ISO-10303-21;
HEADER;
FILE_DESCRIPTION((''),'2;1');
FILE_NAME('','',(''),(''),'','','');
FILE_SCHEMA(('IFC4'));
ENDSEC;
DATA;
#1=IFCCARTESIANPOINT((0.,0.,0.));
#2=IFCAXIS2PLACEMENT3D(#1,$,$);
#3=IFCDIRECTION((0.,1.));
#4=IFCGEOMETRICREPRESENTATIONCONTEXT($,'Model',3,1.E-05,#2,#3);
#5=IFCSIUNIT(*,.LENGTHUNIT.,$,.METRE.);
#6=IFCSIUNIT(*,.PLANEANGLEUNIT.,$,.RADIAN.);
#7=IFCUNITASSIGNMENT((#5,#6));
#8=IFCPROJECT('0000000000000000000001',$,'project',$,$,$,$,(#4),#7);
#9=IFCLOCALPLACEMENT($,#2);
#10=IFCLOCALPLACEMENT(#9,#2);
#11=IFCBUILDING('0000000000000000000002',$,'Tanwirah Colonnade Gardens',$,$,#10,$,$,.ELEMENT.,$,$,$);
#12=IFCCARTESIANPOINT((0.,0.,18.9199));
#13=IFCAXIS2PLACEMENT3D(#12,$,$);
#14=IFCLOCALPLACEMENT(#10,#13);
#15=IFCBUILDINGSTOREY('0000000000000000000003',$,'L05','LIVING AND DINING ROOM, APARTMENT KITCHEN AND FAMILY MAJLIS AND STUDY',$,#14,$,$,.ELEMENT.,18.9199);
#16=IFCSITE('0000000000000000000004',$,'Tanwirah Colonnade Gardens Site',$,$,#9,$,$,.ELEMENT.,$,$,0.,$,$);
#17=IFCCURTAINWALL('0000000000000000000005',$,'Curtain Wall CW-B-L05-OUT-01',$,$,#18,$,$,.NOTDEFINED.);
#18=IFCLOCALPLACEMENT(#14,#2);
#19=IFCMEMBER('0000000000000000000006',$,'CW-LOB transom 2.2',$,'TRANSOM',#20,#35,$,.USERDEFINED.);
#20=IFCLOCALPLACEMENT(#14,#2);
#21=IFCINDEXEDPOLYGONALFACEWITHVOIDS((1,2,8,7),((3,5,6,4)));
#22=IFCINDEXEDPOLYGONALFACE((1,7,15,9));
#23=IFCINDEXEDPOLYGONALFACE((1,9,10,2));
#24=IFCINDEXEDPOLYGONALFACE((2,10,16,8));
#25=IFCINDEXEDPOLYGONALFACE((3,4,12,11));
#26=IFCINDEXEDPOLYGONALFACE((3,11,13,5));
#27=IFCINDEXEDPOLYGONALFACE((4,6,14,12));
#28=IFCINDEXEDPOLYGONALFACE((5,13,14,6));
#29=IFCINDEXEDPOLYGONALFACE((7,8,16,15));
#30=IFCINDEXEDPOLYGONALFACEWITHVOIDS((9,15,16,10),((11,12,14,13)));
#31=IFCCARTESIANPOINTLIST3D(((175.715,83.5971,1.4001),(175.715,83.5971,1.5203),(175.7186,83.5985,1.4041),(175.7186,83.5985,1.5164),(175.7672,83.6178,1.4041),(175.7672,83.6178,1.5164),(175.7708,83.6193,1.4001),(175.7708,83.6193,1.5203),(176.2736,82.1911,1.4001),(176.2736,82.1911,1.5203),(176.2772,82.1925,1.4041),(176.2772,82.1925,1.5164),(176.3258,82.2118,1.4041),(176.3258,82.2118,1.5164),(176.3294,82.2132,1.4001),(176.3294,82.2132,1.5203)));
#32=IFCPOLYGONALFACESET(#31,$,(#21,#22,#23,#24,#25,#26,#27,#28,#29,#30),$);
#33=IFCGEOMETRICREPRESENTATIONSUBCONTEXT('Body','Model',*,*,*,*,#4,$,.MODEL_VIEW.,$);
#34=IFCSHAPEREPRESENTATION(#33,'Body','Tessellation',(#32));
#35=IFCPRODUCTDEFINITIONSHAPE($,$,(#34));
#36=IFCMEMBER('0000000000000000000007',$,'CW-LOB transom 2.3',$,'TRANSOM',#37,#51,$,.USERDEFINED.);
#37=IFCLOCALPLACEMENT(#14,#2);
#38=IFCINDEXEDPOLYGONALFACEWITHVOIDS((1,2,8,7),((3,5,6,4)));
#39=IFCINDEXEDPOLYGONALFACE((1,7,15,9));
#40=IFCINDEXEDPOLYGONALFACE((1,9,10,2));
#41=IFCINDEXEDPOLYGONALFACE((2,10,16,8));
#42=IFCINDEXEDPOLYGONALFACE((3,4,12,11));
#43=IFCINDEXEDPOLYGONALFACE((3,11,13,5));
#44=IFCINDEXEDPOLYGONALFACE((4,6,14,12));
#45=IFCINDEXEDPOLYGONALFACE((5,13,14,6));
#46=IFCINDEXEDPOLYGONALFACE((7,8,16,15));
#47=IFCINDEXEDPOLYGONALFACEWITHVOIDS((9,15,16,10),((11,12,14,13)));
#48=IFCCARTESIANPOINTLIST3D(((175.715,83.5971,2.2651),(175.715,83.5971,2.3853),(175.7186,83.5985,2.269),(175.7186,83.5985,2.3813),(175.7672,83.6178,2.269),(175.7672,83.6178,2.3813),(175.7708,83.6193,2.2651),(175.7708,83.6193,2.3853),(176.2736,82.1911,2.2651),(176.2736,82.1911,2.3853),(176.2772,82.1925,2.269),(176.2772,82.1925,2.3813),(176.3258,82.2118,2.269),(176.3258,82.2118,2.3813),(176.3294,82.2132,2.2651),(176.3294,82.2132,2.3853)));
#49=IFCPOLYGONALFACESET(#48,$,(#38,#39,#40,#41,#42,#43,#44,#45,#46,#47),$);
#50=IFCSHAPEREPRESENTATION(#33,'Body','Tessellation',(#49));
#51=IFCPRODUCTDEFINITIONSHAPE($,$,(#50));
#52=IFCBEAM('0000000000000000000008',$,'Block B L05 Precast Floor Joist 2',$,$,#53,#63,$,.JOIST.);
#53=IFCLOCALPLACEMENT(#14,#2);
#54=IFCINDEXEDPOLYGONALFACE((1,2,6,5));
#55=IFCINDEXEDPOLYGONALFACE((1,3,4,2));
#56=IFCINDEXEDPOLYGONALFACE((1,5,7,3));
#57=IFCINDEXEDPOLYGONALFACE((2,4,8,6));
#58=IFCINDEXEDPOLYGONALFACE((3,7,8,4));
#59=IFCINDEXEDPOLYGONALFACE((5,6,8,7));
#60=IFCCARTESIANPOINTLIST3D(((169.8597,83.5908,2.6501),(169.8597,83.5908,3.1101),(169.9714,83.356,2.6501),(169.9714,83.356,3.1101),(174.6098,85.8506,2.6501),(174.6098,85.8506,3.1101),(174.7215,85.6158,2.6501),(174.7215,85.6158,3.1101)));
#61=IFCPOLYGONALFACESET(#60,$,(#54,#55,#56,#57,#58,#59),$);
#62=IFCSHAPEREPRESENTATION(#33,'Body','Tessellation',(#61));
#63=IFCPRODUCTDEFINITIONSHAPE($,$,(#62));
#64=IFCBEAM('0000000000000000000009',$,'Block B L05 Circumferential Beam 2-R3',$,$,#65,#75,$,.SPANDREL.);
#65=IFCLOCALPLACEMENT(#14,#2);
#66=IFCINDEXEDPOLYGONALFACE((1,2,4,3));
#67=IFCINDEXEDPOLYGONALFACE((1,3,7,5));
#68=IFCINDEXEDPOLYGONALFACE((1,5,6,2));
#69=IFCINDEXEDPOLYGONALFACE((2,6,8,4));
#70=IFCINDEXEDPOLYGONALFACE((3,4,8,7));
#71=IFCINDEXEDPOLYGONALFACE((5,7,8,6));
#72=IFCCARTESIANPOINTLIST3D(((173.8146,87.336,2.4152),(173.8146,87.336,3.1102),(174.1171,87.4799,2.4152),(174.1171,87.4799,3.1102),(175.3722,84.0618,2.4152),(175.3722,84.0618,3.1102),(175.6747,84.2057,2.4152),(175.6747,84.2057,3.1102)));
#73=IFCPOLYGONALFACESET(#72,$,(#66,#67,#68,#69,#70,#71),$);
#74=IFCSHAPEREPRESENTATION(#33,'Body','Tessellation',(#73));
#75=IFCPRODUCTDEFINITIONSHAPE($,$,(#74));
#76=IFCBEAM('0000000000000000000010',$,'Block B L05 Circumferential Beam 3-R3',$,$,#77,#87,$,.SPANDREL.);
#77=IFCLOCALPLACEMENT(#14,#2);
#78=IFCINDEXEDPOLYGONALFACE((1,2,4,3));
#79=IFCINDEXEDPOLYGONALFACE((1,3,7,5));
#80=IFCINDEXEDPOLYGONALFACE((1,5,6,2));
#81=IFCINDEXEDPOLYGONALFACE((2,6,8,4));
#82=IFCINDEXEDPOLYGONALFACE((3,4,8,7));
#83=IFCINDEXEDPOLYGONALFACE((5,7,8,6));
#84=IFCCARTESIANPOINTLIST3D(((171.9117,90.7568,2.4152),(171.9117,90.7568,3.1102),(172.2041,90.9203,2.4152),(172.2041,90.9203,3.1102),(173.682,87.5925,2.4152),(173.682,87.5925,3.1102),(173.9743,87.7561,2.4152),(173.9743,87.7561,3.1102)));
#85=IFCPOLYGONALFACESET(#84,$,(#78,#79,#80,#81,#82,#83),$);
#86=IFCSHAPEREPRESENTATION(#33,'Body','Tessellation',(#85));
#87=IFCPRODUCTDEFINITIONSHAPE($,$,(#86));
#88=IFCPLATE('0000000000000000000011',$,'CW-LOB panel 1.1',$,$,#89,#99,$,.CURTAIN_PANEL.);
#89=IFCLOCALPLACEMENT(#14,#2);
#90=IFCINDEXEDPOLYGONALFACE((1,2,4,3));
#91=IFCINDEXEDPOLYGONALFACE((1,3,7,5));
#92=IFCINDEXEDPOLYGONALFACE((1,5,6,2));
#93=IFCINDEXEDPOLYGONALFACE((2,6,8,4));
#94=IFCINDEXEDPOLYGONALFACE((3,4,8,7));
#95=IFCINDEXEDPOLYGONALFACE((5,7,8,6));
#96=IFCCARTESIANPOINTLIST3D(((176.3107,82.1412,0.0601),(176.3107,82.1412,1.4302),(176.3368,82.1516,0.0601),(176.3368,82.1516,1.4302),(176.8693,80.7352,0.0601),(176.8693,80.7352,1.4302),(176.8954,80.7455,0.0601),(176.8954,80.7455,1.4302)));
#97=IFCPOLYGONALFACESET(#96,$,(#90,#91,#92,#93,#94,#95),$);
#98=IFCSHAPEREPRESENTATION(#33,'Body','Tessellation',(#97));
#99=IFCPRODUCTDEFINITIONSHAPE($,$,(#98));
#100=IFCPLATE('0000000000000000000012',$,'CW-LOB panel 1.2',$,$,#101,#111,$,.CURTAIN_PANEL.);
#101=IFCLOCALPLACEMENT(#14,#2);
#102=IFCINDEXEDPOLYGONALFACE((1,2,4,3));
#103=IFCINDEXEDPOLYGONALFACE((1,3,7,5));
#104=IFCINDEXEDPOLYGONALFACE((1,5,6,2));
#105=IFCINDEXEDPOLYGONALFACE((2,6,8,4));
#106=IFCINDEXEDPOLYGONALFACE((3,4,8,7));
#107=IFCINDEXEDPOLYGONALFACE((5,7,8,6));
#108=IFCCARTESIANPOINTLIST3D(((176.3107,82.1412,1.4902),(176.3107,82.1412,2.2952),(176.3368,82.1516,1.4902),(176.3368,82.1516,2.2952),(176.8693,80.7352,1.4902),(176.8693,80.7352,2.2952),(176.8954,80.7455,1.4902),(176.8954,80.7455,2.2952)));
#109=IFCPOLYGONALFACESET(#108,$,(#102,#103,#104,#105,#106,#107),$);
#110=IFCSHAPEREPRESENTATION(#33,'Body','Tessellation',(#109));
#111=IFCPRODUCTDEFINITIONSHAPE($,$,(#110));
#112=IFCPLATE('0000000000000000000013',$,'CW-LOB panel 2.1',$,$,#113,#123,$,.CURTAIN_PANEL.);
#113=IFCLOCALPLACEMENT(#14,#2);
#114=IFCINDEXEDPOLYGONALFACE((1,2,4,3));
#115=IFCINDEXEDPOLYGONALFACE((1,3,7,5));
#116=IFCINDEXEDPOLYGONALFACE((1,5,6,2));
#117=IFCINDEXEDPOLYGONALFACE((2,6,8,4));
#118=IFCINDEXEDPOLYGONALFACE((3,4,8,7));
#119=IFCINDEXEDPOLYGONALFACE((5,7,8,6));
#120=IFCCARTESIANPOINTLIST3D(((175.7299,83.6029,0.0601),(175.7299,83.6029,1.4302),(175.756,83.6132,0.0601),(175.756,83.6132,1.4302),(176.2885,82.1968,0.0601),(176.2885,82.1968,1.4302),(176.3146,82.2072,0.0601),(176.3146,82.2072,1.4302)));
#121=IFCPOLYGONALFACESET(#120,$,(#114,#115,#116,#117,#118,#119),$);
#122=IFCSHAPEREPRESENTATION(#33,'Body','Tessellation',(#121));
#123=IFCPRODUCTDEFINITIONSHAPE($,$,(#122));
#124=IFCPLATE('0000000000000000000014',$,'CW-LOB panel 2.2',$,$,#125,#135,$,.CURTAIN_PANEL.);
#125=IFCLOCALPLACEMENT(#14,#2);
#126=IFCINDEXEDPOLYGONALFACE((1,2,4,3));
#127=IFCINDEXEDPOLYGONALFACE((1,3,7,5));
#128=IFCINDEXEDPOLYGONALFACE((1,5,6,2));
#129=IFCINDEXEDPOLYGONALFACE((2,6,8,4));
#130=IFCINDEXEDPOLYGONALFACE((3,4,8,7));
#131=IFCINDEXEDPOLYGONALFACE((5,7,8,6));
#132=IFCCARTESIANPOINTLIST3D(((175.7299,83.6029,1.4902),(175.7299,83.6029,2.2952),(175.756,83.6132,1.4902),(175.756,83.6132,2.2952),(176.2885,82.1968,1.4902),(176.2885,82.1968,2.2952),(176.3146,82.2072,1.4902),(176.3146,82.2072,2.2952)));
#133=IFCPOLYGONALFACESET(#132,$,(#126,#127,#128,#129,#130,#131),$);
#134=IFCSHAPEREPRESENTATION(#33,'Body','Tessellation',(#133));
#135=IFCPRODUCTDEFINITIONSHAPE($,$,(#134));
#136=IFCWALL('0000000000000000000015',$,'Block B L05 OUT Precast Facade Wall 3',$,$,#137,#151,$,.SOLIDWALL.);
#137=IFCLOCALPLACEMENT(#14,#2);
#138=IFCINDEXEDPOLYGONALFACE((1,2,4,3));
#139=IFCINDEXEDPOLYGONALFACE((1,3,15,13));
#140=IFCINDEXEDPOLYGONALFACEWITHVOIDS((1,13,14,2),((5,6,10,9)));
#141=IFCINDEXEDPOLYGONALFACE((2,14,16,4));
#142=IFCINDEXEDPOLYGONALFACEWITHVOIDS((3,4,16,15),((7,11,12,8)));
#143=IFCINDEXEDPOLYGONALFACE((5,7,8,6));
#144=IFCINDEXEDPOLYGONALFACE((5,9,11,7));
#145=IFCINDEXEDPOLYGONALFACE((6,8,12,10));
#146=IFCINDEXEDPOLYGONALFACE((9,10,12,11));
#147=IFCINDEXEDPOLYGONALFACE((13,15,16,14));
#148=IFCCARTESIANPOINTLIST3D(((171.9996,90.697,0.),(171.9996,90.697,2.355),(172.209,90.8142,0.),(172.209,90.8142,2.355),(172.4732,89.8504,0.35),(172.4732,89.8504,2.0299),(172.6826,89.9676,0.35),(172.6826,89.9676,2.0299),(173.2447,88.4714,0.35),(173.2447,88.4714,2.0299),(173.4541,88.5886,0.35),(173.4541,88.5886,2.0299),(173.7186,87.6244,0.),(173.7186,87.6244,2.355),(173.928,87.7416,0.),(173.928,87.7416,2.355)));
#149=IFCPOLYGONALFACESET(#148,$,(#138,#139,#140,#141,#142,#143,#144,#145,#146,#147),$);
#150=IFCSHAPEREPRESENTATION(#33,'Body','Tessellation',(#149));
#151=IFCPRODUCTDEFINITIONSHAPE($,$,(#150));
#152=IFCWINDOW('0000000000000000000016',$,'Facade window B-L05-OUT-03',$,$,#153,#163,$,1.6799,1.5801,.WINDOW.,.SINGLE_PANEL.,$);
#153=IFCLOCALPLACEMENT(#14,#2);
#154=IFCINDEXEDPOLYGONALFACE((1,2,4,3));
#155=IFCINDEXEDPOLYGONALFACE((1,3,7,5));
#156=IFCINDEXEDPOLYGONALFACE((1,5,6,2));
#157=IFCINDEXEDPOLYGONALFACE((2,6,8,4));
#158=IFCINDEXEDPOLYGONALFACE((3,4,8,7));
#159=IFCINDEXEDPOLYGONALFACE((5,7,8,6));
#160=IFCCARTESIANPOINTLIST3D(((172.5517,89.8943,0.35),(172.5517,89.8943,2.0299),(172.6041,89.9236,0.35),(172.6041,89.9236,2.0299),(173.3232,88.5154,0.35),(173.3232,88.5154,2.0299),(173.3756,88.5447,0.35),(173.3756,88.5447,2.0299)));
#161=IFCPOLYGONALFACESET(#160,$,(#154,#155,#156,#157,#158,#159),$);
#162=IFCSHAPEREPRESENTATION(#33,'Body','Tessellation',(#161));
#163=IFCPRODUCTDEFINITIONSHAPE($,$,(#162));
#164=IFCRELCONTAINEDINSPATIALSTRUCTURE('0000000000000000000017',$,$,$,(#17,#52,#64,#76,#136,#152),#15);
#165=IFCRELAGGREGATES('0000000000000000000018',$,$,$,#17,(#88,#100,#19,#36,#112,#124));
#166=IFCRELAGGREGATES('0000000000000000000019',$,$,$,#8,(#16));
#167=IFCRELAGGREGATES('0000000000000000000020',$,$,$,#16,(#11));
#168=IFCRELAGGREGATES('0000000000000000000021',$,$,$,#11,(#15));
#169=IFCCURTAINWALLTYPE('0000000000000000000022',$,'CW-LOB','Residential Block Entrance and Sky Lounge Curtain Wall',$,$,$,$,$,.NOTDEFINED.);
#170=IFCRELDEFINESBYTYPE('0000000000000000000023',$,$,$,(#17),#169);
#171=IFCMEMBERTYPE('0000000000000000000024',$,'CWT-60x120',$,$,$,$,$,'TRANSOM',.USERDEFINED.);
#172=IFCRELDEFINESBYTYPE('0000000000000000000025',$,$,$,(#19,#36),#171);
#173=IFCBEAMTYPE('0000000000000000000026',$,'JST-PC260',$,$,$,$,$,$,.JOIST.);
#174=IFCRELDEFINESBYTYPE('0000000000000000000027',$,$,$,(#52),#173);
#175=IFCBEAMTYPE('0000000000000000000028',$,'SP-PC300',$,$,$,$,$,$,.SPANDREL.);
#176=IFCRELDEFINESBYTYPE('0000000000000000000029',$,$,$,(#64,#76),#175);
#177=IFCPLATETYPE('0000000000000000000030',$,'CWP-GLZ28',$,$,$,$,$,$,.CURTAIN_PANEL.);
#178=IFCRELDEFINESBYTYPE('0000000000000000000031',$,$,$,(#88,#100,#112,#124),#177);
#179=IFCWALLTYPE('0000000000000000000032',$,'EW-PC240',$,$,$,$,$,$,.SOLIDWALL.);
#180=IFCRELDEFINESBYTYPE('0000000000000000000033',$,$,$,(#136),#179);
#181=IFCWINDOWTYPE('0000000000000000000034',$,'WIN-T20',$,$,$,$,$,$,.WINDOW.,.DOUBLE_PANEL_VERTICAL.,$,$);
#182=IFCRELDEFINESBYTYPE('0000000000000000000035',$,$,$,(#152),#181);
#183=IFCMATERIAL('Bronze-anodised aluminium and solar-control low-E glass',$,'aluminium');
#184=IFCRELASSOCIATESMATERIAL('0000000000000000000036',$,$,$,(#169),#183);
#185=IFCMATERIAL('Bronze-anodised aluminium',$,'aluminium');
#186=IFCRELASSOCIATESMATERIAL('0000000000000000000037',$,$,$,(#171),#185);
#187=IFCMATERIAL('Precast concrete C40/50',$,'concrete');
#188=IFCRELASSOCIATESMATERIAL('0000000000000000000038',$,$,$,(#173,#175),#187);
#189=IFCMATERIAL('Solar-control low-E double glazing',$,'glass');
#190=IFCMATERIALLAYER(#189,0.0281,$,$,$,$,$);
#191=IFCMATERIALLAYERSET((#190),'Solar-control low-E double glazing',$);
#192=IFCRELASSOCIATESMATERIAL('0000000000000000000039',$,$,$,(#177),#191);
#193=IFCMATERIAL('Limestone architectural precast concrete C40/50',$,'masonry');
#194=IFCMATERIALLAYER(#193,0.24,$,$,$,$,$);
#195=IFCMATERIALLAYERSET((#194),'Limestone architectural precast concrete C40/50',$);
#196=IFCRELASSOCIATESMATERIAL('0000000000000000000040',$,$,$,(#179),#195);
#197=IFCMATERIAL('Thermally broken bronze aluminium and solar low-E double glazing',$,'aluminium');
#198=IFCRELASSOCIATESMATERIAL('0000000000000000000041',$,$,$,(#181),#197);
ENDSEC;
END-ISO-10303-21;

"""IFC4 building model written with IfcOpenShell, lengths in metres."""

from ifc_helpers import new_model, si_unit, direction, frame, frame_2d, origin, origin_2d, place, context, subcontext, project, spatial, rectangle, hollow_rectangle, extrude, material, layer, layer_set, material_profile, profile_set, type_object, element, fill, aggregate, save


model = new_model("IFC4")

# Units and contexts
model_context = context("Model", 3, precision=1e-05, world=origin(), true_north=direction((0.0, 1.0)))
body_context = subcontext(model_context, "Body", "Model", "MODEL_VIEW")
ifc_project = project(units=[si_unit("LENGTHUNIT", "METRE"), si_unit("PLANEANGLEUNIT", "RADIAN")], contexts=[model_context])

# Site, building, storey
site_placement = place(None, origin())
site = spatial("IfcSite", under=ifc_project, at=site_placement, Name="Tanwirah Colonnade Gardens Site", CompositionType="ELEMENT", RefElevation=0.0)
building_placement = place(site_placement, origin())
building = spatial("IfcBuilding", under=site, at=building_placement, Name="Tanwirah Colonnade Gardens", CompositionType="ELEMENT")
storey_placement = place(building_placement, frame((0.0, 0.0, 18.9199)))
storey = spatial("IfcBuildingStorey", under=building, at=storey_placement, Name="L05", Description="LIVING AND DINING ROOM, APARTMENT KITCHEN AND FAMILY MAJLIS AND STUDY", CompositionType="ELEMENT", Elevation=18.9199)

# Shared definitions
ifc_material_1 = material(Name="Precast concrete C40/50", Category="concrete")

# Curtain wall, members
ifc_material_2 = material(Name="Bronze-anodised aluminium and solar-control low-E glass", Category="aluminium")
curtain_wall_type = type_object("IfcCurtainWallType", Name="CW-LOB", Description="Residential Block Entrance and Sky Lounge Curtain Wall", PredefinedType="NOTDEFINED", material=ifc_material_2)
curtain_wall_placement = place(storey_placement, origin())
curtain_wall = element("IfcCurtainWall", 1, at=curtain_wall_placement, inside=storey, type_object=curtain_wall_type, Name="Curtain Wall CW-B-L05-OUT-01", PredefinedType="NOTDEFINED")
ifc_material_3 = material(Name="Bronze-anodised aluminium", Category="aluminium")
ifc_material_profile_1 = material_profile(ifc_material_3, hollow_rectangle(XDim=0.0601, YDim=0.1201, WallThickness=0.0039, at=origin_2d()), Name="CW-TRN 60x120x4")
ifc_profile_set_1 = profile_set([ifc_material_profile_1], Name="Bronze-anodised aluminium")
member_type_1 = type_object("IfcMemberType", Name="CWT-60x120", ElementType="TRANSOM", PredefinedType="USERDEFINED", material=ifc_profile_set_1)
member_1_placement = place(storey_placement, frame((176.3015, 82.2021, 1.4602), z_axis=(-0.369219, 0.929342, 0.0), x_axis=(-0.929342, -0.369219, 0.0)))
member_1 = element("IfcMember", 2, at=member_1_placement, type_object=member_type_1, Name="CW-LOB transom 2.2", ObjectType="TRANSOM", PredefinedType="USERDEFINED", context=body_context, shape_type="SweptSolid", body=[
    extrude(hollow_rectangle(XDim=0.0601, YDim=0.1201, WallThickness=0.0039, at=origin_2d()), origin(), (0.0, 0.0, 1.0), 1.5129),
])
member_2_placement = place(storey_placement, frame((176.3015, 82.2021, 2.3252), z_axis=(-0.369219, 0.929342, 0.0), x_axis=(-0.929342, -0.369219, 0.0)))
member_2 = element("IfcMember", 3, at=member_2_placement, type_object=member_type_1, Name="CW-LOB transom 2.3", ObjectType="TRANSOM", PredefinedType="USERDEFINED", context=body_context, shape_type="SweptSolid", body=[
    extrude(hollow_rectangle(XDim=0.0601, YDim=0.1201, WallThickness=0.0039, at=origin_2d()), origin(), (0.0, 0.0, 1.0), 1.5129),
])

# Beams
ifc_material_profile_2 = material_profile(ifc_material_1, rectangle(XDim=0.26, YDim=0.46, at=origin_2d()), Name="PC-JST 260x460")
ifc_profile_set_2 = profile_set([ifc_material_profile_2], Name="Precast concrete C40/50")
beam_type_1 = type_object("IfcBeamType", Name="JST-PC260", PredefinedType="JOIST", material=ifc_profile_set_2)
beam_1_placement = place(storey_placement, frame((169.9155, 83.4734, 2.8801), z_axis=(0.903018, 0.429602, 0.0), x_axis=(-0.429602, 0.903018, 0.0)))
element("IfcBeam", 4, at=beam_1_placement, inside=storey, type_object=beam_type_1, Name="Block B L05 Precast Floor Joist 2", PredefinedType="JOIST", context=body_context, shape_type="SweptSolid", body=[
    extrude(rectangle(XDim=0.26, YDim=0.46, at=origin_2d()), origin(), (0.0, 0.0, 1.0), 5.2603),
])
ifc_material_profile_3 = material_profile(ifc_material_1, rectangle(XDim=0.335, YDim=0.6951, at=origin_2d()), Name="PC-SP 335x695")
ifc_profile_set_3 = profile_set([ifc_material_profile_3], Name="Precast concrete C40/50")
beam_type_2 = type_object("IfcBeamType", Name="SP-PC300", PredefinedType="SPANDREL", material=ifc_profile_set_3)
for number, where, z_axis, x_axis, name in (
    (5, (175.5234, 84.1338, 2.7627), (-0.429594, 0.903022, 0.0), (-0.903022, -0.429594, 0.0), "Block B L05 Circumferential Beam 2-R3"),
    (6, (173.8281, 87.6743, 2.7627), (-0.488236, 0.872711, 0.0), (-0.872711, -0.488236, 0.0), "Block B L05 Circumferential Beam 3-R3"),
):
    element("IfcBeam", number, at=place(storey_placement, frame(where, z_axis=z_axis, x_axis=x_axis)), inside=storey, type_object=beam_type_2, Name=name, PredefinedType="SPANDREL", context=body_context, shape_type="SweptSolid", body=[
        extrude(rectangle(XDim=0.335, YDim=0.6951, at=origin_2d()), origin(), (0.0, 0.0, 1.0), 3.6257),
    ])

# Plates
ifc_material_4 = material(Name="Solar-control low-E double glazing", Category="glass")
ifc_layer_1 = layer(ifc_material_4, 0.0281)
ifc_layer_set_1 = layer_set([ifc_layer_1], Name="Solar-control low-E double glazing")
plate_type = type_object("IfcPlateType", Name="CWP-GLZ28", PredefinedType="CURTAIN_PANEL", material=ifc_layer_set_1)
plate_1_placement = place(storey_placement, frame((176.603, 81.4434, 0.0601), z_axis=(0.0, 0.0, 1.0), x_axis=(-0.369206, 0.929348, 0.0)))
plate_1 = element("IfcPlate", 7, at=plate_1_placement, type_object=plate_type, Name="CW-LOB panel 1.1", PredefinedType="CURTAIN_PANEL", context=body_context, shape_type="SweptSolid", body=[
    extrude(rectangle(XDim=1.5129, YDim=0.0281, at=origin_2d()), origin(), (0.0, 0.0, 1.0), 1.3701),
])
plate_2_placement = place(storey_placement, frame((176.603, 81.4434, 1.4902), z_axis=(0.0, 0.0, 1.0), x_axis=(-0.369206, 0.929348, 0.0)))
plate_2 = element("IfcPlate", 8, at=plate_2_placement, type_object=plate_type, Name="CW-LOB panel 1.2", PredefinedType="CURTAIN_PANEL", context=body_context, shape_type="SweptSolid", body=[
    extrude(rectangle(XDim=1.5129, YDim=0.0281, at=origin_2d()), origin(), (0.0, 0.0, 1.0), 0.8049),
])
plate_3_placement = place(storey_placement, frame((176.0222, 82.905, 0.0601), z_axis=(0.0, 0.0, 1.0), x_axis=(-0.369206, 0.929348, 0.0)))
plate_3 = element("IfcPlate", 9, at=plate_3_placement, type_object=plate_type, Name="CW-LOB panel 2.1", PredefinedType="CURTAIN_PANEL", context=body_context, shape_type="SweptSolid", body=[
    extrude(rectangle(XDim=1.5129, YDim=0.0281, at=origin_2d()), origin(), (0.0, 0.0, 1.0), 1.3701),
])
plate_4_placement = place(storey_placement, frame((176.0222, 82.905, 1.4902), z_axis=(0.0, 0.0, 1.0), x_axis=(-0.369206, 0.929348, 0.0)))
plate_4 = element("IfcPlate", 10, at=plate_4_placement, type_object=plate_type, Name="CW-LOB panel 2.2", PredefinedType="CURTAIN_PANEL", context=body_context, shape_type="SweptSolid", body=[
    extrude(rectangle(XDim=1.5129, YDim=0.0281, at=origin_2d()), origin(), (0.0, 0.0, 1.0), 0.8049),
])
aggregate(curtain_wall, [plate_1, plate_2, member_1, member_2, plate_3, plate_4])

# Shared definitions
ifc_material_5 = material(Name="Limestone architectural precast concrete C40/50", Category="masonry")
ifc_layer_2 = layer(ifc_material_5, 0.24)
ifc_layer_set_2 = layer_set([ifc_layer_2], Name="Limestone architectural precast concrete C40/50")
wall_type_1 = type_object("IfcWallType", Name="EW-PC240", PredefinedType="SOLIDWALL", material=ifc_layer_set_2)

# Wall, opening, window
wall_1_placement = place(storey_placement, frame((173.8232, 87.6831, 0.0), z_axis=(0.0, 0.0, 1.0), x_axis=(-0.488255, 0.872701, 0.0)))
wall_1 = element("IfcWall", 11, at=wall_1_placement, inside=storey, type_object=wall_type_1, Name="Block B L05 OUT Precast Facade Wall 3", PredefinedType="SOLIDWALL", context=body_context, shape_type="SweptSolid", body=[
    extrude(rectangle(XDim=3.5208, YDim=0.24, at=frame_2d((1.7603, 0.0))), origin(), (0.0, 0.0, 1.0), 2.355),
])
opening_1_placement = place(wall_1_placement, frame((0.9705, 0.0, 0.3501)))
opening_1 = element("IfcOpeningElement", 12, at=opening_1_placement, cuts=wall_1, PredefinedType="OPENING", context=body_context, shape_type="SweptSolid", body=[
    extrude(rectangle(XDim=1.5801, YDim=1.6799, at=frame_2d((0.79, 0.8398))), frame((0.0, 0.1299, 0.0), z_axis=(0.0, -1.0, 0.0), x_axis=(1.0, 0.0, 0.0)), (0.0, 0.0, 1.0), 0.26),
])
ifc_material_6 = material(Name="Thermally broken bronze aluminium and solar low-E double glazing", Category="aluminium")
window_type = type_object("IfcWindowType", Name="WIN-T20", PartitioningType="DOUBLE_PANEL_VERTICAL", PredefinedType="WINDOW", material=ifc_material_6)
window_placement = place(opening_1_placement, origin())
window = element("IfcWindow", 13, at=window_placement, inside=storey, type_object=window_type, Name="Facade window B-L05-OUT-03", OverallHeight=1.6799, OverallWidth=1.5801, PartitioningType="SINGLE_PANEL", PredefinedType="WINDOW", context=body_context, shape_type="SweptSolid", body=[
    extrude(rectangle(XDim=1.5801, YDim=1.6799, at=frame_2d((0.79, 0.8398))), frame((0.0, 0.03, 0.0), z_axis=(0.0, -1.0, 0.0), x_axis=(1.0, 0.0, 0.0)), (0.0, 0.0, 1.0), 0.0601),
])
fill(opening_1, window)

save(model, "model.ifc")
